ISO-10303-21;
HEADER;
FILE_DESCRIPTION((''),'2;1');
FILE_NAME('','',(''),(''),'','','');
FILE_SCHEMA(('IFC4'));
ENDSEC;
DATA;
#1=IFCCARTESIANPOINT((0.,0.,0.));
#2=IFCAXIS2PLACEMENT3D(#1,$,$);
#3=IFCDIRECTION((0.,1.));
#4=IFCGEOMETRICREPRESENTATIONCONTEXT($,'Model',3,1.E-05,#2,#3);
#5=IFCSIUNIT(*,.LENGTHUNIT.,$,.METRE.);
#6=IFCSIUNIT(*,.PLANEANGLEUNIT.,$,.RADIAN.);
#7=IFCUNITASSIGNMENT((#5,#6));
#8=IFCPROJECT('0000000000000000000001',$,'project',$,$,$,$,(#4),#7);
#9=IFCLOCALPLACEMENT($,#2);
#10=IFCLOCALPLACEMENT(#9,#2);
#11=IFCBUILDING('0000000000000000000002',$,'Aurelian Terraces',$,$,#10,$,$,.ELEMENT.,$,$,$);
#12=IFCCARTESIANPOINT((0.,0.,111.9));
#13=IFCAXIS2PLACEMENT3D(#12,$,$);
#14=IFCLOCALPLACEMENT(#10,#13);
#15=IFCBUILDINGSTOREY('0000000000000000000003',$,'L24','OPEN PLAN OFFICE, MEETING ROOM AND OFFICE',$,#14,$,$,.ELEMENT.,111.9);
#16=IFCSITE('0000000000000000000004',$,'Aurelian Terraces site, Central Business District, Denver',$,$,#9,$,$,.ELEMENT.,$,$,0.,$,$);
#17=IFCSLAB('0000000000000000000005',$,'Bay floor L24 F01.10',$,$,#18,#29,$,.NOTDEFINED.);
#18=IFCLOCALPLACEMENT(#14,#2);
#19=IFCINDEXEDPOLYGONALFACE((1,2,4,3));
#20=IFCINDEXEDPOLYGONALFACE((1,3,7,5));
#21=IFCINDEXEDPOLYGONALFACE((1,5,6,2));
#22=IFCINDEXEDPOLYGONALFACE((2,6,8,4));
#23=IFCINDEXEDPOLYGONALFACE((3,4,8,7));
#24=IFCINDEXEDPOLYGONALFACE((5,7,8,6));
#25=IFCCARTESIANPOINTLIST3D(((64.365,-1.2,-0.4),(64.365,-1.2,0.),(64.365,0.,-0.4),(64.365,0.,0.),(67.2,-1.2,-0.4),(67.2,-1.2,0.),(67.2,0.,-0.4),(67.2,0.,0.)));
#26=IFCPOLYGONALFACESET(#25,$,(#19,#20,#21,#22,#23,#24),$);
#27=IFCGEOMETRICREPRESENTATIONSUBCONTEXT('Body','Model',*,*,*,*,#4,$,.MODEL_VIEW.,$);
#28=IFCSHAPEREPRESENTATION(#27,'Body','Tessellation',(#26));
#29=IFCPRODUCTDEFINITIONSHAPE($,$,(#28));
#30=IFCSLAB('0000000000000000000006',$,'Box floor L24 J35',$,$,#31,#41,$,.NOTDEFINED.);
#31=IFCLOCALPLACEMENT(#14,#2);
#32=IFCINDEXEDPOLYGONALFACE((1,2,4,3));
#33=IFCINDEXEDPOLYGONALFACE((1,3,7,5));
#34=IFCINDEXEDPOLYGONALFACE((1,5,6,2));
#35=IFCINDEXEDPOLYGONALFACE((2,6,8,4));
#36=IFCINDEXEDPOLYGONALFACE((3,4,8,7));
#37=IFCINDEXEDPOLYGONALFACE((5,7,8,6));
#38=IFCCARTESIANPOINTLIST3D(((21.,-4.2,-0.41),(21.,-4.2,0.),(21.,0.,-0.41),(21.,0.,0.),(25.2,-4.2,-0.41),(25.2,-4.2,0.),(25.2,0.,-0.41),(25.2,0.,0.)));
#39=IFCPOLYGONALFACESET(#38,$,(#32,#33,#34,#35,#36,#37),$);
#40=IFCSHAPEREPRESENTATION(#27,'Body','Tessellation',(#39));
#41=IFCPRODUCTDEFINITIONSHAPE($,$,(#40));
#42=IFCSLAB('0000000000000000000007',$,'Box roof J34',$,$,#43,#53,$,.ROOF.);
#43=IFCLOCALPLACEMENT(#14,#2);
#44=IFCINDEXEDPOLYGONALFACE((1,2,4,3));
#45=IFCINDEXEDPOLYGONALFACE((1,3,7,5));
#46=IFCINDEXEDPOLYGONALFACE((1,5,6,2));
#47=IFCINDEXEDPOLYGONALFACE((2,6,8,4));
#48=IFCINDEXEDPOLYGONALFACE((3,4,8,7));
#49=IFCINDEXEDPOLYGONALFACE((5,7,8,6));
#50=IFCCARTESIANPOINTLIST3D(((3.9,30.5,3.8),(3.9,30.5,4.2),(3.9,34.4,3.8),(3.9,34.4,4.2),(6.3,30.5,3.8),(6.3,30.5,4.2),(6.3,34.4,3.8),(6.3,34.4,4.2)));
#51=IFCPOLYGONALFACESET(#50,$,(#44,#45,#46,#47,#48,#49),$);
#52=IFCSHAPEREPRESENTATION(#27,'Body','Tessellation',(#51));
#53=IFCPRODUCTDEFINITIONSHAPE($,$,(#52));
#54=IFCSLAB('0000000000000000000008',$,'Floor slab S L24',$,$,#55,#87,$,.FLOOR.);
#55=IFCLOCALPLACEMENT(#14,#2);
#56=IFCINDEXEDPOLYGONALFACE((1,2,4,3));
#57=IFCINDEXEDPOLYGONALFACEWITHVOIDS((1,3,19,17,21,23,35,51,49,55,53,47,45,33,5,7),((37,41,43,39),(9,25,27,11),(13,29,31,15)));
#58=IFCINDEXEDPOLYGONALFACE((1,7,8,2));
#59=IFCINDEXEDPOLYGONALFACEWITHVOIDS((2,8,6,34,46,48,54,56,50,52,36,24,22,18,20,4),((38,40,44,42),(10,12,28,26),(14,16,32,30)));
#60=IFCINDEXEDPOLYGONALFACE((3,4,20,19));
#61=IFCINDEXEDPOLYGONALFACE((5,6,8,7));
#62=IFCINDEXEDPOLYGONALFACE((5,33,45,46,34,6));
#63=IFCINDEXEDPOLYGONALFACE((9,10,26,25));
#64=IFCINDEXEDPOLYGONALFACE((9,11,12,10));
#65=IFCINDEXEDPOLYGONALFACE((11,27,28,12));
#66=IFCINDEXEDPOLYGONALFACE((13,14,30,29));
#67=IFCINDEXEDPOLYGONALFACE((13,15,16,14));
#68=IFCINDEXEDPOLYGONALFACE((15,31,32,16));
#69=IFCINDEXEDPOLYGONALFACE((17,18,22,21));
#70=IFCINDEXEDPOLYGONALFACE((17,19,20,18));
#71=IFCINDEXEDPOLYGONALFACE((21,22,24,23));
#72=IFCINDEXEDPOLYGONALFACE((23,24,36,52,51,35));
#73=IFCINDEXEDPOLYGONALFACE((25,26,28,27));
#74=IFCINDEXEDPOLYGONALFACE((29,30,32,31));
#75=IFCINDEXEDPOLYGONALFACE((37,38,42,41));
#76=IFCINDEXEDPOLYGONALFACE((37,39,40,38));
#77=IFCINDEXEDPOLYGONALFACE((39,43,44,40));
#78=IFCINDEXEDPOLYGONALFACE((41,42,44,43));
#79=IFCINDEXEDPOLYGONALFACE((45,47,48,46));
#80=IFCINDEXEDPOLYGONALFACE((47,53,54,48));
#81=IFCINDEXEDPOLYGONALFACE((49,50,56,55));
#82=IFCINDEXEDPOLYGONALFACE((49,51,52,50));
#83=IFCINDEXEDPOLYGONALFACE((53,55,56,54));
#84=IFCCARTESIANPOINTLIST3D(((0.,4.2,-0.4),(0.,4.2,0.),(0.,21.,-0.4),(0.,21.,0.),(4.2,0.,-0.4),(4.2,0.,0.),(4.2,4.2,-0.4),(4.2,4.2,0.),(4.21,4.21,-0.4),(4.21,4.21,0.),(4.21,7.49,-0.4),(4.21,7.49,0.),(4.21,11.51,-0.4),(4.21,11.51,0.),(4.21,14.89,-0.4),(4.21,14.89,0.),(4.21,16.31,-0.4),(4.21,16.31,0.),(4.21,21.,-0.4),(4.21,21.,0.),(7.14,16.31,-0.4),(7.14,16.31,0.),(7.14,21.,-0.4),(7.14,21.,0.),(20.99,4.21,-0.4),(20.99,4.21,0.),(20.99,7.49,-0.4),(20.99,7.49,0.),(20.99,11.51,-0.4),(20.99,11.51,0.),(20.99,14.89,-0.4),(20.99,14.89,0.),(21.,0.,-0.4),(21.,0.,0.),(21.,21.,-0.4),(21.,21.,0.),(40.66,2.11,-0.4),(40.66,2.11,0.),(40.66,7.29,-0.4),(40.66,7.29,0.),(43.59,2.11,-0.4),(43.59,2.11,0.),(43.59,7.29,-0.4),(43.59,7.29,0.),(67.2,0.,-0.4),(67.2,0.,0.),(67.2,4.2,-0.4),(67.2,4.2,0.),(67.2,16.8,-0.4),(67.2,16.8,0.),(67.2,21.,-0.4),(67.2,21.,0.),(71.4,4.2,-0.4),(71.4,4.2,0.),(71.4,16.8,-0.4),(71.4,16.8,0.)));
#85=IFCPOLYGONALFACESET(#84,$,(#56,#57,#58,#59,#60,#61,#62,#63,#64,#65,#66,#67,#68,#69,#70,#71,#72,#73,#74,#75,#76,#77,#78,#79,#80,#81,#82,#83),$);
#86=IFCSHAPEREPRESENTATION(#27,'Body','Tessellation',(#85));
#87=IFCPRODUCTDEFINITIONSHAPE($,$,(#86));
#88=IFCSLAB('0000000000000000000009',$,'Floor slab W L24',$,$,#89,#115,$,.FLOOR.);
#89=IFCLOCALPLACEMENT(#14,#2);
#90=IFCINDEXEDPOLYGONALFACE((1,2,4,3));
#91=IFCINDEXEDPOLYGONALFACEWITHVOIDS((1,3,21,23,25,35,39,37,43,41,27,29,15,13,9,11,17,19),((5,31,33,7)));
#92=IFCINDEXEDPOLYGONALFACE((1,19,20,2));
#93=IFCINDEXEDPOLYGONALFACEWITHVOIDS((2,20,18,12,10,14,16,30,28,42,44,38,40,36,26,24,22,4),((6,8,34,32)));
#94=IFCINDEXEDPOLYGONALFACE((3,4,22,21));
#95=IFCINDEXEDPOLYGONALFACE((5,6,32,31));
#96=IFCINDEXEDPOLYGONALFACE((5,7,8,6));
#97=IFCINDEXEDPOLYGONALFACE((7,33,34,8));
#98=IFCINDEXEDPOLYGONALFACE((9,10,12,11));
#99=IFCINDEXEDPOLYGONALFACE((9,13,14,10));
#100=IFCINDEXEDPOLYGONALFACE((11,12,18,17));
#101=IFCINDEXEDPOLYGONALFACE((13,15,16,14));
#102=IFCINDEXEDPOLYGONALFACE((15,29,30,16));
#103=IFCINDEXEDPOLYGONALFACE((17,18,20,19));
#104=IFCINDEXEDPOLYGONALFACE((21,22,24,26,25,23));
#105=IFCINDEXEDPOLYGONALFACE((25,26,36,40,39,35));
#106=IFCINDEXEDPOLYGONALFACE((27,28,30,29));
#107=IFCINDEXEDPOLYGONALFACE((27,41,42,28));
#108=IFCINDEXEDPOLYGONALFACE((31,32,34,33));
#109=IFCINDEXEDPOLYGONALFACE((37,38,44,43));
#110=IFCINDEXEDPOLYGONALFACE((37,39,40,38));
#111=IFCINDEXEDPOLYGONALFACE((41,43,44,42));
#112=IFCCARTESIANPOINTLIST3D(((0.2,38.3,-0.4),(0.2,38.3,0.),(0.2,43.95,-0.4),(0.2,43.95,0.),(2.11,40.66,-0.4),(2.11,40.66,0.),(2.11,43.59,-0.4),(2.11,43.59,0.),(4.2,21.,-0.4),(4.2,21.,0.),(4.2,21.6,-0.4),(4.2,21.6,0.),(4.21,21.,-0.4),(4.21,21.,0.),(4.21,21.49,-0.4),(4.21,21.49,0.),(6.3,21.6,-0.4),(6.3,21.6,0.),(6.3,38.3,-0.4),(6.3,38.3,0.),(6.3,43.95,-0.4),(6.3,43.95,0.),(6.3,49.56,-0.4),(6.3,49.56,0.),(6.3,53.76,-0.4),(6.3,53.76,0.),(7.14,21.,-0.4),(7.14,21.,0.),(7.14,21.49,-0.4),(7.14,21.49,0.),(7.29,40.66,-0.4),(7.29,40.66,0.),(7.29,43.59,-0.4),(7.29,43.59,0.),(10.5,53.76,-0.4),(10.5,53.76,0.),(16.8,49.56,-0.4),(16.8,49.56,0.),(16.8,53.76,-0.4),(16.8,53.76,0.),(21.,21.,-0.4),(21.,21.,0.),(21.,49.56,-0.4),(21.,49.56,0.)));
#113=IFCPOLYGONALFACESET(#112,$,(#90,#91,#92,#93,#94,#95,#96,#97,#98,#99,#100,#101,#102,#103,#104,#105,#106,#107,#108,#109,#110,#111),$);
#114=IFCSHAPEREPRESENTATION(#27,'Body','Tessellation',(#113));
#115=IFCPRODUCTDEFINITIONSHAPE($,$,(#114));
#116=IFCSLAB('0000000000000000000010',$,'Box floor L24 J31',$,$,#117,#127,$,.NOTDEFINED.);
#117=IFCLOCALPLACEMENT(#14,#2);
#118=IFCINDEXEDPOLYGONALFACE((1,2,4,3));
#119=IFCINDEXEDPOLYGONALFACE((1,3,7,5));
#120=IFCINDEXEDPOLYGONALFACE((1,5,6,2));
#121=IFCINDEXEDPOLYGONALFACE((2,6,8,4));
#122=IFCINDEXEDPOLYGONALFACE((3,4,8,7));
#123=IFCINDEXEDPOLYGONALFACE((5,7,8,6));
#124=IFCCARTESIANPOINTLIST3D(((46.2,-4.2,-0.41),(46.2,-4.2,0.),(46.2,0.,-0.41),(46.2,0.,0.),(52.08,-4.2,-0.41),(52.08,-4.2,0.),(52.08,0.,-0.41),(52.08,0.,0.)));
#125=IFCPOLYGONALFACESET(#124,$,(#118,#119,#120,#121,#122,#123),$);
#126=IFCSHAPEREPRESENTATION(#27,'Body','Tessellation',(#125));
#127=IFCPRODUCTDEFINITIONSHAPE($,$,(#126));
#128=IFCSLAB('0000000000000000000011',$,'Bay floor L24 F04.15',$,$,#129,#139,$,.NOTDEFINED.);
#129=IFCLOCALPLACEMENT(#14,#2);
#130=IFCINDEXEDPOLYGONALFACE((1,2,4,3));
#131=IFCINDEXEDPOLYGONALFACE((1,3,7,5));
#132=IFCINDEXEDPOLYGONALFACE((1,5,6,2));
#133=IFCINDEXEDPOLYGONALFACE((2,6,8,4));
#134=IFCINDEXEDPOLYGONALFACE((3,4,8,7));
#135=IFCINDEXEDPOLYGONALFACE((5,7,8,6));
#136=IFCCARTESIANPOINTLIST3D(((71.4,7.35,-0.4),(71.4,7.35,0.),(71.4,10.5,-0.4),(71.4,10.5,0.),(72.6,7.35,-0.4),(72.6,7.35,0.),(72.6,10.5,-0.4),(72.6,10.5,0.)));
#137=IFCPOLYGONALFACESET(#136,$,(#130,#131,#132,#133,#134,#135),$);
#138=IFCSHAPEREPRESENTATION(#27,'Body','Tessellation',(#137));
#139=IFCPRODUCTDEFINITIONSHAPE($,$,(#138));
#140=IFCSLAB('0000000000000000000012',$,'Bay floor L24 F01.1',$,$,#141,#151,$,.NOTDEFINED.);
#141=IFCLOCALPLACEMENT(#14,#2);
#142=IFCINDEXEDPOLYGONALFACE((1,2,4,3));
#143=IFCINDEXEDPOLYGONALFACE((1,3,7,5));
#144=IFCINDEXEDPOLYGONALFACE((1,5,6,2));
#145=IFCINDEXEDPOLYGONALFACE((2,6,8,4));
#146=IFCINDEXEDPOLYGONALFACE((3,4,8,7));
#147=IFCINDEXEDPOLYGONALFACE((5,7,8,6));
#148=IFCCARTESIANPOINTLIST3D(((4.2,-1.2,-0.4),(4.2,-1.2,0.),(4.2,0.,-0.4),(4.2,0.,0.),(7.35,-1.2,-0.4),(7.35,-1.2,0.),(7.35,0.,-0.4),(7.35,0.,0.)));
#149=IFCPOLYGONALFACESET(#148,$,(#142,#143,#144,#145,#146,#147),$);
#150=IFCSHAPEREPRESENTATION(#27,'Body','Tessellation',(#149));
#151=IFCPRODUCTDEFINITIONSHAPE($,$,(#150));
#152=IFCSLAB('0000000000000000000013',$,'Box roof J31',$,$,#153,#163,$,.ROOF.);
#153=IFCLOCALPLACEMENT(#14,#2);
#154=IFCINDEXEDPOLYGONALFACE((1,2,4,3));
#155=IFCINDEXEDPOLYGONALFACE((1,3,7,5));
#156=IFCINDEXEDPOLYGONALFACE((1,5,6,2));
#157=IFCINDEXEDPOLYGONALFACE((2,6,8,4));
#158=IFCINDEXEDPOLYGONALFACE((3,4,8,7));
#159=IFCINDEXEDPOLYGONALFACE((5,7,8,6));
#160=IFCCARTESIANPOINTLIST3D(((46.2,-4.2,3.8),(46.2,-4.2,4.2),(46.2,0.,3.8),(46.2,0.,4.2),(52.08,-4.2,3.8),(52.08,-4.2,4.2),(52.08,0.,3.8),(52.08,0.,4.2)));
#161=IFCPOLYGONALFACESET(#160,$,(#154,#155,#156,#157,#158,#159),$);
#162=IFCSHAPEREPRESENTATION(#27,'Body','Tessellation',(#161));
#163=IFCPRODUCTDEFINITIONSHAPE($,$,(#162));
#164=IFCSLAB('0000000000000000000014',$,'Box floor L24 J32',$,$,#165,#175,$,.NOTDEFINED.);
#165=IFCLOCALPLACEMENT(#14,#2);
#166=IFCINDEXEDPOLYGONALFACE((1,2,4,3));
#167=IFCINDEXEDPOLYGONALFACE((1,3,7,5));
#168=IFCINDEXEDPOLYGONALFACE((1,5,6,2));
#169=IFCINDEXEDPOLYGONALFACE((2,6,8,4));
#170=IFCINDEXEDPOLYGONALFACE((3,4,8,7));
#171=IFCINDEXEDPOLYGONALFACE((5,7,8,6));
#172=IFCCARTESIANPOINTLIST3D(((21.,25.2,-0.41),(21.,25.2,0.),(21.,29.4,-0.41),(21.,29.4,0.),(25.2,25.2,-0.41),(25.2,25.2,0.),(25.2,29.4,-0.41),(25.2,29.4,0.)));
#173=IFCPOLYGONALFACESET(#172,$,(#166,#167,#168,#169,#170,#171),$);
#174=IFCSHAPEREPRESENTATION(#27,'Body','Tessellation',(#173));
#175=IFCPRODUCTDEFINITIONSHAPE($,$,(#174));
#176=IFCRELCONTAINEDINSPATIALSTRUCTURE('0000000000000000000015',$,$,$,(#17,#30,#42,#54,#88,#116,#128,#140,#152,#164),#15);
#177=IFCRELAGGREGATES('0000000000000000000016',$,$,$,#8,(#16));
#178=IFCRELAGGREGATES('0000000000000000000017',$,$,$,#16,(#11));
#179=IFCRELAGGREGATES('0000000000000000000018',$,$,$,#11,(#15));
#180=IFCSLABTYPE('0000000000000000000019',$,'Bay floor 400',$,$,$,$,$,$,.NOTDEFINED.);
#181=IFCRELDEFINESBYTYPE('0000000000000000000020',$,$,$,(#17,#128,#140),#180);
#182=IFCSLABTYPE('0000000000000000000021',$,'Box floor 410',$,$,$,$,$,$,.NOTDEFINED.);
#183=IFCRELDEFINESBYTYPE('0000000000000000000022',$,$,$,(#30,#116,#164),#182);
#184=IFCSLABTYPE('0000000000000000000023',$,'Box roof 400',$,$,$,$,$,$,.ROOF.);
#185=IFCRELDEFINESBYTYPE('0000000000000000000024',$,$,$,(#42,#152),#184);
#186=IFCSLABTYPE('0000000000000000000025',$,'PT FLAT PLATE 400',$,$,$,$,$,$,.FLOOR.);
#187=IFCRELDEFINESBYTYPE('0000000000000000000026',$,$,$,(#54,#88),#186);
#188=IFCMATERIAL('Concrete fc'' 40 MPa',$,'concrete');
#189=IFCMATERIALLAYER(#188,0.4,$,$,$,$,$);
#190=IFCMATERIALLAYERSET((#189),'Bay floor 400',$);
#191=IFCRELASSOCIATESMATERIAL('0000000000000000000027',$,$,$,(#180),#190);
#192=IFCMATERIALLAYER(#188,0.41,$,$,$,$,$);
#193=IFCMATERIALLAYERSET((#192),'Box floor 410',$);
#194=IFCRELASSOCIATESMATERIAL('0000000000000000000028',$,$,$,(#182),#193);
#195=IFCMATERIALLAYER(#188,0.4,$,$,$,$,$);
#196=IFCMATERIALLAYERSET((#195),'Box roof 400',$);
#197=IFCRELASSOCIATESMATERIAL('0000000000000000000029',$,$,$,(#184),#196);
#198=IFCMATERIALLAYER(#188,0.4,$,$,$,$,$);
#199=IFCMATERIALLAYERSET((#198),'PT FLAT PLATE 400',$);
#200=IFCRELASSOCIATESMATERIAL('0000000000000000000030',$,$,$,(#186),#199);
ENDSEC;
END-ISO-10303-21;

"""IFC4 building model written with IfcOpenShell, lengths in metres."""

from ifc_helpers import new_model, si_unit, direction, frame, origin, place, context, subcontext, project, spatial, polyline, outline, extrude, source, transform, mapped, material, layer, layer_set, type_object, element, save


model = new_model("IFC4")

# Units and contexts
model_context = context("Model", 3, precision=1e-05, world=origin(), true_north=direction((0.0, 1.0)))
body_context = subcontext(model_context, "Body", "Model", "MODEL_VIEW")
ifc_project = project(units=[si_unit("LENGTHUNIT", "METRE"), si_unit("PLANEANGLEUNIT", "RADIAN")], contexts=[model_context])

# Site, building, storey
site_placement = place(None, origin())
site = spatial("IfcSite", under=ifc_project, at=site_placement, Name="Aurelian Terraces site, Central Business District, Denver", CompositionType="ELEMENT", RefElevation=0.0)
building_placement = place(site_placement, origin())
building = spatial("IfcBuilding", under=site, at=building_placement, Name="Aurelian Terraces", CompositionType="ELEMENT")
storey_placement = place(building_placement, frame((0.0, 0.0, 111.9)))
storey = spatial("IfcBuildingStorey", under=building, at=storey_placement, Name="L24", Description="OPEN PLAN OFFICE, MEETING ROOM AND OFFICE", CompositionType="ELEMENT", Elevation=111.9)

# Slabs
ifc_material_1 = material(Name="Concrete fc' 40 MPa", Category="concrete")
ifc_layer_1 = layer(ifc_material_1, 0.4)
ifc_layer_set_1 = layer_set([ifc_layer_1], Name="Bay floor 400")
slab_type_1 = type_object("IfcSlabType", Name="Bay floor 400", PredefinedType="NOTDEFINED", material=ifc_layer_set_1)
slab_1_placement = place(storey_placement, frame((0.0, 0.0, -0.4)))
element("IfcSlab", 1, at=slab_1_placement, inside=storey, type_object=slab_type_1, Name="Bay floor L24 F01.10", PredefinedType="NOTDEFINED", context=body_context, shape_type="SweptSolid", body=[
    extrude(outline(polyline([(64.365, 0.0), (67.2, 0.0), (67.2, -1.2), (64.365, -1.2), (64.365, 0.0)])), origin(), (0.0, 0.0, 1.0), 0.4),
])
ifc_layer_2 = layer(ifc_material_1, 0.41)
ifc_layer_set_2 = layer_set([ifc_layer_2], Name="Box floor 410")
slab_type_2 = type_object("IfcSlabType", Name="Box floor 410", PredefinedType="NOTDEFINED", material=ifc_layer_set_2)
slab_2_placement = place(storey_placement, frame((0.0, 0.0, -0.41)))
element("IfcSlab", 2, at=slab_2_placement, inside=storey, type_object=slab_type_2, Name="Box floor L24 J35", PredefinedType="NOTDEFINED", context=body_context, shape_type="SweptSolid", body=[
    extrude(outline(polyline([(21.0, -4.2), (25.2, -4.2), (25.2, 0.0), (21.0, 0.0), (21.0, -4.2)])), origin(), (0.0, 0.0, 1.0), 0.41),
])
ifc_layer_3 = layer(ifc_material_1, 0.4)
ifc_layer_set_3 = layer_set([ifc_layer_3], Name="Box roof 400")
slab_type_3 = type_object("IfcSlabType", Name="Box roof 400", PredefinedType="ROOF", material=ifc_layer_set_3)
slab_3_placement = place(storey_placement, frame((0.0, 0.0, 3.8)))
element("IfcSlab", 3, at=slab_3_placement, inside=storey, type_object=slab_type_3, Name="Box roof J34", PredefinedType="ROOF", context=body_context, shape_type="SweptSolid", body=[
    extrude(outline(polyline([(3.9, 34.4), (3.9, 30.5), (6.3, 30.5), (6.3, 34.4), (3.9, 34.4)])), origin(), (0.0, 0.0, 1.0), 0.4),
])
ifc_layer_4 = layer(ifc_material_1, 0.4)
ifc_layer_set_4 = layer_set([ifc_layer_4], Name="PT FLAT PLATE 400")
slab_type_4 = type_object("IfcSlabType", Name="PT FLAT PLATE 400", PredefinedType="FLOOR", material=ifc_layer_set_4)
shared_shape_1 = source(origin(), body_context, "Body", "SweptSolid", [
    extrude(outline(polyline([(67.2, 16.8), (71.4, 16.8), (71.4, 4.2), (67.2, 4.2), (67.2, 0.0), (21.0, 0.0), (4.2, 0.0), (4.2, 4.2), (0.0, 4.2), (0.0, 21.0), (4.21, 21.0), (4.21, 16.31), (7.14, 16.31), (7.14, 21.0), (21.0, 21.0), (67.2, 21.0), (67.2, 16.8)]), holes=[polyline([(40.66, 2.11), (43.59, 2.11), (43.59, 7.29), (40.66, 7.29), (40.66, 2.11)]), polyline([(4.21, 7.49), (4.21, 4.21), (20.99, 4.21), (20.99, 7.49), (4.21, 7.49)]), polyline([(4.21, 14.89), (4.21, 11.51), (20.99, 11.51), (20.99, 14.89), (4.21, 14.89)])]), origin(), (0.0, 0.0, 1.0), 0.4),
])
slab_4_placement = place(storey_placement, frame((0.0, 0.0, -0.4)))
element("IfcSlab", 4, at=slab_4_placement, inside=storey, type_object=slab_type_4, Name="Floor slab S L24", PredefinedType="FLOOR", context=body_context, shape_type="MappedRepresentation", body=[
    mapped(shared_shape_1, transform((0.0, 0.0, 0.0), scale=1.0)),
])
shared_shape_2 = source(origin(), body_context, "Body", "SweptSolid", [
    extrude(outline(polyline([(0.2, 43.95), (6.3, 43.95), (6.3, 49.56), (6.3, 53.76), (10.5, 53.76), (16.8, 53.76), (16.8, 49.56), (21.0, 49.56), (21.0, 21.0), (7.14, 21.0), (7.14, 21.49), (4.21, 21.49), (4.21, 21.0), (4.2, 21.0), (4.2, 21.6), (6.3, 21.6), (6.3, 38.3), (0.2, 38.3), (0.2, 43.95)]), holes=[polyline([(7.29, 43.59), (2.11, 43.59), (2.11, 40.66), (7.29, 40.66), (7.29, 43.59)])]), origin(), (0.0, 0.0, 1.0), 0.4),
])
slab_5_placement = place(storey_placement, frame((0.0, 0.0, -0.4)))
element("IfcSlab", 5, at=slab_5_placement, inside=storey, type_object=slab_type_4, Name="Floor slab W L24", PredefinedType="FLOOR", context=body_context, shape_type="MappedRepresentation", body=[
    mapped(shared_shape_2, transform((0.0, 0.0, 0.0), scale=1.0)),
])
shared_shape_3 = source(origin(), body_context, "Body", "SweptSolid", [
    extrude(outline(polyline([(46.2, -4.2), (52.08, -4.2), (52.08, 0.0), (46.2, 0.0), (46.2, -4.2)])), origin(), (0.0, 0.0, 1.0), 0.41),
])
slab_6_placement = place(storey_placement, frame((0.0, 0.0, -0.41)))
element("IfcSlab", 6, at=slab_6_placement, inside=storey, type_object=slab_type_2, Name="Box floor L24 J31", PredefinedType="NOTDEFINED", context=body_context, shape_type="MappedRepresentation", body=[
    mapped(shared_shape_3, transform((0.0, 0.0, 0.0), scale=1.0)),
])
shared_shape_4 = source(origin(), body_context, "Body", "SweptSolid", [
    extrude(outline(polyline([(71.4, 7.35), (71.4, 10.5), (72.6, 10.5), (72.6, 7.35), (71.4, 7.35)])), origin(), (0.0, 0.0, 1.0), 0.4),
])
slab_7_placement = place(storey_placement, frame((0.0, 0.0, -0.4)))
element("IfcSlab", 7, at=slab_7_placement, inside=storey, type_object=slab_type_1, Name="Bay floor L24 F04.15", PredefinedType="NOTDEFINED", context=body_context, shape_type="MappedRepresentation", body=[
    mapped(shared_shape_4, transform((0.0, 0.0, 0.0), scale=1.0)),
])
shared_shape_5 = source(origin(), body_context, "Body", "SweptSolid", [
    extrude(outline(polyline([(4.2, 0.0), (7.35, 0.0), (7.35, -1.2), (4.2, -1.2), (4.2, 0.0)])), origin(), (0.0, 0.0, 1.0), 0.4),
])
slab_8_placement = place(storey_placement, frame((0.0, 0.0, -0.4)))
element("IfcSlab", 8, at=slab_8_placement, inside=storey, type_object=slab_type_1, Name="Bay floor L24 F01.1", PredefinedType="NOTDEFINED", context=body_context, shape_type="MappedRepresentation", body=[
    mapped(shared_shape_5, transform((0.0, 0.0, 0.0), scale=1.0)),
])
shared_shape_6 = source(origin(), body_context, "Body", "SweptSolid", [
    extrude(outline(polyline([(46.2, -4.2), (52.08, -4.2), (52.08, 0.0), (46.2, 0.0), (46.2, -4.2)])), origin(), (0.0, 0.0, 1.0), 0.4),
])
slab_9_placement = place(storey_placement, frame((0.0, 0.0, 3.8)))
element("IfcSlab", 9, at=slab_9_placement, inside=storey, type_object=slab_type_3, Name="Box roof J31", PredefinedType="ROOF", context=body_context, shape_type="MappedRepresentation", body=[
    mapped(shared_shape_6, transform((0.0, 0.0, 0.0), scale=1.0)),
])
shared_shape_7 = source(origin(), body_context, "Body", "SweptSolid", [
    extrude(outline(polyline([(25.2, 25.2), (25.2, 29.4), (21.0, 29.4), (21.0, 25.2), (25.2, 25.2)])), origin(), (0.0, 0.0, 1.0), 0.41),
])
slab_10_placement = place(storey_placement, frame((0.0, 0.0, -0.41)))
element("IfcSlab", 10, at=slab_10_placement, inside=storey, type_object=slab_type_2, Name="Box floor L24 J32", PredefinedType="NOTDEFINED", context=body_context, shape_type="MappedRepresentation", body=[
    mapped(shared_shape_7, transform((0.0, 0.0, 0.0), scale=1.0)),
])

save(model, "model.ifc")
